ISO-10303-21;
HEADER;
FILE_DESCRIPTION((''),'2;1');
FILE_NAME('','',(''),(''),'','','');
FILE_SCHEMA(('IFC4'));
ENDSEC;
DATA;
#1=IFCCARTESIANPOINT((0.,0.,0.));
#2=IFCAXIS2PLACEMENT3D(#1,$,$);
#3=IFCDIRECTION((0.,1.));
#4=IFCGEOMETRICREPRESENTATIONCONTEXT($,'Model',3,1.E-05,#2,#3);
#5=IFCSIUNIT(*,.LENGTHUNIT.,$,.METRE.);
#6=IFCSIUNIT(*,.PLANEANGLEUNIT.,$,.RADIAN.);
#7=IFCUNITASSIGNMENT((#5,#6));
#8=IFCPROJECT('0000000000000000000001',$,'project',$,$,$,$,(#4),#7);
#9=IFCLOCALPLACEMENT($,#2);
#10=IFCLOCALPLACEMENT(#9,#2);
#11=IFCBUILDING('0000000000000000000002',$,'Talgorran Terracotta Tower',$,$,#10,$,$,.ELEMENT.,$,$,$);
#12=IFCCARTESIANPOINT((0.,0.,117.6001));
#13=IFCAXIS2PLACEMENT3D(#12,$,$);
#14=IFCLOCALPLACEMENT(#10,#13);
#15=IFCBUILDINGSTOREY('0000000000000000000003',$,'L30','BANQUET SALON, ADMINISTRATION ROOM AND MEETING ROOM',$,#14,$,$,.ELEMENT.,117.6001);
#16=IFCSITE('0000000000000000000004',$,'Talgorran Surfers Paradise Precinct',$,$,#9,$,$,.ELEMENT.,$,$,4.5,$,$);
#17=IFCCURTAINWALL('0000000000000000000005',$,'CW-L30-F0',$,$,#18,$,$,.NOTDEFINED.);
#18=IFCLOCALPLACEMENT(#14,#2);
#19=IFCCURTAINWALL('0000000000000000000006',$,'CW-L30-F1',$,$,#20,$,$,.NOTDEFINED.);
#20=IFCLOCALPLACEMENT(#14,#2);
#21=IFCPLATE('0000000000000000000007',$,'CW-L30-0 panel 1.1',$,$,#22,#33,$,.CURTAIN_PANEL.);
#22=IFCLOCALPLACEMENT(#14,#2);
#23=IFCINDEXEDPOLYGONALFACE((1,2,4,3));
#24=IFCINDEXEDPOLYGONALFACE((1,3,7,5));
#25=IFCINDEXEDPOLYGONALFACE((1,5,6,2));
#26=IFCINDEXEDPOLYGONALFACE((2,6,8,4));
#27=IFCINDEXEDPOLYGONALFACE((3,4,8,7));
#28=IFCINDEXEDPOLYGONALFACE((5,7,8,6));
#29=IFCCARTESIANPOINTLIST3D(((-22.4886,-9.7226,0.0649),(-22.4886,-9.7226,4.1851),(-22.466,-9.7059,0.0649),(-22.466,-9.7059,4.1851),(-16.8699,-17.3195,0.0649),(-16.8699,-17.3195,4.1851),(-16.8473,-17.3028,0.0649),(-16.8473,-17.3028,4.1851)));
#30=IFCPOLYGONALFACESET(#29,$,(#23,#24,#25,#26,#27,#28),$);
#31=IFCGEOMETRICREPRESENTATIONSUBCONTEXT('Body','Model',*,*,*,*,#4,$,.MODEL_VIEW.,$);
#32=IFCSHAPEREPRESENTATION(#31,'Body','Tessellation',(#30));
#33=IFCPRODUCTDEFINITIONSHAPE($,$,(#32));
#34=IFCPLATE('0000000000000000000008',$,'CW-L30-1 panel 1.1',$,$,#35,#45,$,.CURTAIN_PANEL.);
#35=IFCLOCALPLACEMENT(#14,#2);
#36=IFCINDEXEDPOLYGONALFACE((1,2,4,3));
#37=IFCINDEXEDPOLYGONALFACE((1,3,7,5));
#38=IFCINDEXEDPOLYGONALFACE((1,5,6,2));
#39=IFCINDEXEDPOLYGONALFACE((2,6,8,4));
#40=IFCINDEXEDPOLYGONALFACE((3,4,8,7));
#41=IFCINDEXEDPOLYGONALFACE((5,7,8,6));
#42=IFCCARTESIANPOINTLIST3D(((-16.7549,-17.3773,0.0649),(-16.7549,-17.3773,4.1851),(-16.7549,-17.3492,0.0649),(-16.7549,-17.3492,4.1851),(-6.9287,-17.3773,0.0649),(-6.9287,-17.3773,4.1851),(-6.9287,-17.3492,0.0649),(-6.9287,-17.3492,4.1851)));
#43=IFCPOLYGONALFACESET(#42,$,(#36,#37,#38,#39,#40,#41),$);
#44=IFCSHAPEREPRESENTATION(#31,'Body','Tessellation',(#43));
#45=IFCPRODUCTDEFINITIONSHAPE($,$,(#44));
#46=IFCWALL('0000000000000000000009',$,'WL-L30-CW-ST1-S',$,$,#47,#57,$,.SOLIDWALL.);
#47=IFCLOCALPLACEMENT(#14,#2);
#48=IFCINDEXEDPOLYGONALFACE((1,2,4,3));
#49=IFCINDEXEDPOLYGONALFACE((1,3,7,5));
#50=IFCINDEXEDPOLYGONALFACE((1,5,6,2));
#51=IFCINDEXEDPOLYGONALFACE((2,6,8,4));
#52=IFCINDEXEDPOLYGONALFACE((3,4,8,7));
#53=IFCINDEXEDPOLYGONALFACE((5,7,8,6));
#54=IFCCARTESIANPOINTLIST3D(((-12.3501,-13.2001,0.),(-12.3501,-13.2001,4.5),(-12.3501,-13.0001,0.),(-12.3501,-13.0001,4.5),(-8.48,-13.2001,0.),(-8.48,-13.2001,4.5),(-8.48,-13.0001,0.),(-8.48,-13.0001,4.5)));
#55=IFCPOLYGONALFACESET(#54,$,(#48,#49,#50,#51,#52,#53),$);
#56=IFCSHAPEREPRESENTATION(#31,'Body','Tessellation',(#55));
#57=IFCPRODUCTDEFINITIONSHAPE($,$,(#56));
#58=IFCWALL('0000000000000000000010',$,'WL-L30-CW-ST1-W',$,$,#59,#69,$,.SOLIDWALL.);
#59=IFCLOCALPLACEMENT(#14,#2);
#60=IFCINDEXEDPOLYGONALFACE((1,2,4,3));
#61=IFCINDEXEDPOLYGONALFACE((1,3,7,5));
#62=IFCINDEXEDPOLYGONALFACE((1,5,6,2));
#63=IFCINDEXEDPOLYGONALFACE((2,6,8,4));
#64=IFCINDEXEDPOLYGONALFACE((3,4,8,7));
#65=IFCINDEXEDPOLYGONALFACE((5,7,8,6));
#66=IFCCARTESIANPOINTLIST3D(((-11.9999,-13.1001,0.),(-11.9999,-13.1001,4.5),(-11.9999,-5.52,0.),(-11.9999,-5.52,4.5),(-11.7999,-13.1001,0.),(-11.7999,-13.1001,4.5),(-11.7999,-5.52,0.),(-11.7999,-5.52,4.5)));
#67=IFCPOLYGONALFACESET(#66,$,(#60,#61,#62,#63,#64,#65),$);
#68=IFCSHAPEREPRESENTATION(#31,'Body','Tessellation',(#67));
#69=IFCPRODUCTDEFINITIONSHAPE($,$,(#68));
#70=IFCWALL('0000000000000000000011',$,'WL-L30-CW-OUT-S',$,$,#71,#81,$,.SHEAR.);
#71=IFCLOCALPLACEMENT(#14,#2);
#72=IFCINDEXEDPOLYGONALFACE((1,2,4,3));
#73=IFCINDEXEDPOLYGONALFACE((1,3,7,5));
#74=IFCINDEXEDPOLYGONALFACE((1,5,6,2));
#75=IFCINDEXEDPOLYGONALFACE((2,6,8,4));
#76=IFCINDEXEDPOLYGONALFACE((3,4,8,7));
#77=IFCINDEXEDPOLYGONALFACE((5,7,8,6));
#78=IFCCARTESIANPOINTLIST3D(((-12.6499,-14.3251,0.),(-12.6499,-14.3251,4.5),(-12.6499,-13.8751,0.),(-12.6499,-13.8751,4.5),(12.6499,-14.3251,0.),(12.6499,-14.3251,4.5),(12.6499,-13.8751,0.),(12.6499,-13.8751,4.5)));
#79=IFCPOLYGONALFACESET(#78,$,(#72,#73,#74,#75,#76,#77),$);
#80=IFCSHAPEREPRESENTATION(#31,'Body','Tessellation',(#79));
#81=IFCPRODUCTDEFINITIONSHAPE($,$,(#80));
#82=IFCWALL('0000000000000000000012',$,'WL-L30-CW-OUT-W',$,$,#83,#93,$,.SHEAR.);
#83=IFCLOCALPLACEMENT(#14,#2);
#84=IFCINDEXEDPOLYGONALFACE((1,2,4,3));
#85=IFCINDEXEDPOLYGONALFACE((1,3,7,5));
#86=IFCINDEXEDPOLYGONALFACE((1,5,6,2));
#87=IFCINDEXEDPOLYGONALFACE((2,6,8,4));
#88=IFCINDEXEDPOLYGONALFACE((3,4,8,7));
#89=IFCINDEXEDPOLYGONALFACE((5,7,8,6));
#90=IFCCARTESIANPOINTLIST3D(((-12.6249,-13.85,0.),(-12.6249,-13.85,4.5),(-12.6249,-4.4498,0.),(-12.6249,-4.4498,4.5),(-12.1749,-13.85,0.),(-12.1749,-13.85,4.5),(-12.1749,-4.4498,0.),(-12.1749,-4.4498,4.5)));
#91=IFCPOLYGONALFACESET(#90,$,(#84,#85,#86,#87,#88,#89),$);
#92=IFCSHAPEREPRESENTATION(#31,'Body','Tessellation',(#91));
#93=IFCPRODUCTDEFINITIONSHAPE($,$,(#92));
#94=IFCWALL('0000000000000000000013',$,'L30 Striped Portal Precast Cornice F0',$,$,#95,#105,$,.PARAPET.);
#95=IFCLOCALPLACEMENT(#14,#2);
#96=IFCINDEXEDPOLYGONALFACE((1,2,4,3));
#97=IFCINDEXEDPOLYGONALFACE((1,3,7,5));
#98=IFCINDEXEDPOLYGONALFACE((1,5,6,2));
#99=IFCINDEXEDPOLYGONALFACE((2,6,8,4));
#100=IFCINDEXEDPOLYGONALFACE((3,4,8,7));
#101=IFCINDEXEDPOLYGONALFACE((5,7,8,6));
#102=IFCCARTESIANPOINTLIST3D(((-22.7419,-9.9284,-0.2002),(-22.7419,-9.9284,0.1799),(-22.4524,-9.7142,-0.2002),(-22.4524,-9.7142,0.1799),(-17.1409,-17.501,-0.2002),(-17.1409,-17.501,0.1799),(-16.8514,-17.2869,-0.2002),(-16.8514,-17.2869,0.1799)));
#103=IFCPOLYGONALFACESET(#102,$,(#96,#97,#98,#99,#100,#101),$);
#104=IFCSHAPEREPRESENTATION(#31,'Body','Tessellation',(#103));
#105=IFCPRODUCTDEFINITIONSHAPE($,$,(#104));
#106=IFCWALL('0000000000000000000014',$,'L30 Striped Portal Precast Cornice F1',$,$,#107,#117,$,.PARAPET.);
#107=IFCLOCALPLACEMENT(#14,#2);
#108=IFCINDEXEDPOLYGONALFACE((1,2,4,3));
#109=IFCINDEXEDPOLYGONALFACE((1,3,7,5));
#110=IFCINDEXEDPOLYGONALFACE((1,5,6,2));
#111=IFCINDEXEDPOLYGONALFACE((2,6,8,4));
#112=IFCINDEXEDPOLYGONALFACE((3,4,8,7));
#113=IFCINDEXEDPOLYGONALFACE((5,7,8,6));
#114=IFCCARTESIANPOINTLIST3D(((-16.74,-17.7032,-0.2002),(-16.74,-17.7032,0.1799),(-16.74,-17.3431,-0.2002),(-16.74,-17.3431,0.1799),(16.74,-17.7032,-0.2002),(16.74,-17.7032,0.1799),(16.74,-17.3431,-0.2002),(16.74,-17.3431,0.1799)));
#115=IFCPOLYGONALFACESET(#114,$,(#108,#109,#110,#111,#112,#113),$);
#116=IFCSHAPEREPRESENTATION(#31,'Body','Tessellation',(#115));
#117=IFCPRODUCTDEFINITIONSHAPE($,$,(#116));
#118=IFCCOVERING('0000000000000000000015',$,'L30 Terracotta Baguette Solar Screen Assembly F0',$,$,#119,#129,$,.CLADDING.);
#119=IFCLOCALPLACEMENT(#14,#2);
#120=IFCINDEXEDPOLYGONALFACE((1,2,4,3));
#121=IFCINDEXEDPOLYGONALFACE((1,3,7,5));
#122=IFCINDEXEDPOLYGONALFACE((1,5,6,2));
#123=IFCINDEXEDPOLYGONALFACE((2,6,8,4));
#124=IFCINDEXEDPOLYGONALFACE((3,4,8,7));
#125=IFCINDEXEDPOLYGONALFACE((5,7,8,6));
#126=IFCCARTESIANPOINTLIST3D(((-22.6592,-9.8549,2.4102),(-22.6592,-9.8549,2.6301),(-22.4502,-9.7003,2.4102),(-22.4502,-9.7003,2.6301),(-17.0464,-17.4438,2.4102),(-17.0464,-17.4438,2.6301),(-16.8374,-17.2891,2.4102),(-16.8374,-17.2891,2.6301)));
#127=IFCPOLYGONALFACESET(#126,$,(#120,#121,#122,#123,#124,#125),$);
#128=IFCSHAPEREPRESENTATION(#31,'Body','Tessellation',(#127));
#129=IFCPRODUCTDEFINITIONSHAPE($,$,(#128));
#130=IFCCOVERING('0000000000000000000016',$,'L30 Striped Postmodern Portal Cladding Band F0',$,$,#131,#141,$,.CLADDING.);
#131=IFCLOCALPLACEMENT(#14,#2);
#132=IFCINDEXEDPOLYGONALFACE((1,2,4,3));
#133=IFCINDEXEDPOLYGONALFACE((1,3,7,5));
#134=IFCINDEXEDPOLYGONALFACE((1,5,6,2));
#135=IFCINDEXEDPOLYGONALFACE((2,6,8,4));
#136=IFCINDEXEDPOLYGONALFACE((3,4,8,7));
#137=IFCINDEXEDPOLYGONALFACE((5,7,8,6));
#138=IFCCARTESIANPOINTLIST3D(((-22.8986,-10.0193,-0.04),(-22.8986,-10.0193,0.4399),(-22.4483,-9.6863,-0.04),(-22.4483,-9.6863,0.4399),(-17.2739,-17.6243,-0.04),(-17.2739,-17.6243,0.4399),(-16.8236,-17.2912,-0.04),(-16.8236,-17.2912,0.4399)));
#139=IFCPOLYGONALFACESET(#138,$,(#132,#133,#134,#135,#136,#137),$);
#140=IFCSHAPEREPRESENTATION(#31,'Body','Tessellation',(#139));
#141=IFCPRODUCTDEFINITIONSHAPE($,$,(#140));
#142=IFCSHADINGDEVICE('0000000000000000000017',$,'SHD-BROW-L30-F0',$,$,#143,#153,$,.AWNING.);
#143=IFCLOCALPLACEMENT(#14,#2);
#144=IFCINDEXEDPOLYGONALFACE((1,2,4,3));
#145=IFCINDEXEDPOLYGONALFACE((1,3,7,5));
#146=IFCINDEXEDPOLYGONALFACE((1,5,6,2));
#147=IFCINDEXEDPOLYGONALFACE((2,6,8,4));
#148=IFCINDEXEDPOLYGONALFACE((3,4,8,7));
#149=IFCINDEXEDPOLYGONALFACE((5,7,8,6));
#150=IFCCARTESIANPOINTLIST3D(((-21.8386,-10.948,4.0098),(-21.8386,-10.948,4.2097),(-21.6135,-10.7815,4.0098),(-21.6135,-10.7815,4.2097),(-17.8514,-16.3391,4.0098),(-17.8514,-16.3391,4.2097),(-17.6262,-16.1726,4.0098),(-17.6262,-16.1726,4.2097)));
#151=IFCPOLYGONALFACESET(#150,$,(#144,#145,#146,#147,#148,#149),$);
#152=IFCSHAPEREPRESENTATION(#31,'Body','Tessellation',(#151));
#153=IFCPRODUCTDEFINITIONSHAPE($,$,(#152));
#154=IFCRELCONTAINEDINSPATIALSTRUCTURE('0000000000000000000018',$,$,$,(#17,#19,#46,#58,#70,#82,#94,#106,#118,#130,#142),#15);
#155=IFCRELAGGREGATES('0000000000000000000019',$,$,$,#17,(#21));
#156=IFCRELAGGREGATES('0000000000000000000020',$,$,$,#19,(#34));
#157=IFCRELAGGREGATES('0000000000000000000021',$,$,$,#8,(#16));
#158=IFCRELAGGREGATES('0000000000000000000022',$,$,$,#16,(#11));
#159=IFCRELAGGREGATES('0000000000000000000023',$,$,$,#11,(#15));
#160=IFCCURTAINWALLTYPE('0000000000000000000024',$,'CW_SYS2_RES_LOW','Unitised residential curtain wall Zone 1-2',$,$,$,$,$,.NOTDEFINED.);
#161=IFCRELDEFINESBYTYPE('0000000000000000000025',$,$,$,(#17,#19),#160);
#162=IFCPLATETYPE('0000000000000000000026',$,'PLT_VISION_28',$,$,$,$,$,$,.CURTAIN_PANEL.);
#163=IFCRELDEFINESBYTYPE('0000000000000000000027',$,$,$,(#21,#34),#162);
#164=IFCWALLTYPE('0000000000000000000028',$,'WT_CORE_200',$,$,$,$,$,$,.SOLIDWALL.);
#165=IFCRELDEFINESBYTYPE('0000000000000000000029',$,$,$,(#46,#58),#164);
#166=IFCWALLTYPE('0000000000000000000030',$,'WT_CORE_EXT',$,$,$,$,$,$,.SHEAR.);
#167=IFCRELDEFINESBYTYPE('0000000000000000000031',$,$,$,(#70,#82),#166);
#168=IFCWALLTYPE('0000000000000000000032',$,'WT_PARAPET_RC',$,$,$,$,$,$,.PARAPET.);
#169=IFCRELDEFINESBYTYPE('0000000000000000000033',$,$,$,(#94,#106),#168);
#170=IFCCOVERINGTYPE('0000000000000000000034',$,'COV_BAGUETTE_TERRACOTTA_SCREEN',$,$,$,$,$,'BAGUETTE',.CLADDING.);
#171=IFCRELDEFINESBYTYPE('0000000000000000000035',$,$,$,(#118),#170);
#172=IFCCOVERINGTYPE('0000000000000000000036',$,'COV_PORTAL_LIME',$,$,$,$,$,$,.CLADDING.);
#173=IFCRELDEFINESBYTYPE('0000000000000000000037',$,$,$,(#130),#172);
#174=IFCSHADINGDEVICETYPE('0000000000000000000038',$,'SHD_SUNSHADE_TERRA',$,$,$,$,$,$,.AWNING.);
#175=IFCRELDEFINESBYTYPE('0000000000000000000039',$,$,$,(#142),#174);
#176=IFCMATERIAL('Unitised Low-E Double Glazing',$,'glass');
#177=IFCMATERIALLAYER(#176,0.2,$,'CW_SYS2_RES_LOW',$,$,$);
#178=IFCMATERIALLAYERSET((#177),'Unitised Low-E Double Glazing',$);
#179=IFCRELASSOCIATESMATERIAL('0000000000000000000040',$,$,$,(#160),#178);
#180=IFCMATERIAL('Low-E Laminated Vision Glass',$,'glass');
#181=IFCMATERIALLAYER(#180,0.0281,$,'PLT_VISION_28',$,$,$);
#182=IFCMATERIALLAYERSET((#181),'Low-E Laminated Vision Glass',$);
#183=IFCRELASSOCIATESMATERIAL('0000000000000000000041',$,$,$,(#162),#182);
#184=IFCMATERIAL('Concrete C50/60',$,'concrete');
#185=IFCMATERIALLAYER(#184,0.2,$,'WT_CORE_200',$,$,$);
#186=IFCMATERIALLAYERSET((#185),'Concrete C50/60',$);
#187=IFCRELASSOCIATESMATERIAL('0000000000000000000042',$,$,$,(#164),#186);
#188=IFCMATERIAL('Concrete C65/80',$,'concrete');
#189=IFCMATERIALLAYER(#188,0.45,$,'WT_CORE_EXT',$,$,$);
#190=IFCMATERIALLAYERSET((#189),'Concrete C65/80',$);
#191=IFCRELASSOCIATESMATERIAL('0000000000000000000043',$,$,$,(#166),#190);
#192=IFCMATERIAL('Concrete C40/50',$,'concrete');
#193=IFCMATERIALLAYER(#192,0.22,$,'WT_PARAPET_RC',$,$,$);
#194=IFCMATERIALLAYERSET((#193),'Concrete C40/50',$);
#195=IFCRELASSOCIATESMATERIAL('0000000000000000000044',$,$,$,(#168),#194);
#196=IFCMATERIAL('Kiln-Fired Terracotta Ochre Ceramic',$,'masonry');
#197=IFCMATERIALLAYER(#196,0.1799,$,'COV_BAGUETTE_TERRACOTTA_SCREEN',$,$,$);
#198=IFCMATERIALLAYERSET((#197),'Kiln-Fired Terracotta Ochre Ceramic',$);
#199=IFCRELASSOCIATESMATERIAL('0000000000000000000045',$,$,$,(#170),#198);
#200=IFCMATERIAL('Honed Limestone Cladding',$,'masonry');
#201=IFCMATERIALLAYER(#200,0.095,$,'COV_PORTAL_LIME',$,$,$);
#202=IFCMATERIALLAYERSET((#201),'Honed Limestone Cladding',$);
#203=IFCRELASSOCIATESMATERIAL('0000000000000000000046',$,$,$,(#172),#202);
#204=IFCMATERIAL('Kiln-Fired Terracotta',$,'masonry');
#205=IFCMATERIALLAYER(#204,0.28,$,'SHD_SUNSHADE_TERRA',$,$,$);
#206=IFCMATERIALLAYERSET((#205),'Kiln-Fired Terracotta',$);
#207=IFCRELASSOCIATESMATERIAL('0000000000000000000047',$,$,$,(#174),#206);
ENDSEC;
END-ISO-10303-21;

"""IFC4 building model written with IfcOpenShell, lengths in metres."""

from ifc_helpers import new_model, si_unit, direction, frame, frame_2d, origin, origin_2d, place, context, subcontext, project, spatial, rectangle, extrude, source, transform, mapped, material, layer, layer_set, type_object, type_shapes, element, aggregate, save


model = new_model("IFC4")

# Units and contexts
model_context = context("Model", 3, precision=1e-05, world=origin(), true_north=direction((0.0, 1.0)))
body_context = subcontext(model_context, "Body", "Model", "MODEL_VIEW")
ifc_project = project(units=[si_unit("LENGTHUNIT", "METRE"), si_unit("PLANEANGLEUNIT", "RADIAN")], contexts=[model_context])

# Site, building, storey
site_placement = place(None, origin())
site = spatial("IfcSite", under=ifc_project, at=site_placement, Name="Talgorran Surfers Paradise Precinct", CompositionType="ELEMENT", RefElevation=4.5)
building_placement = place(site_placement, origin())
building = spatial("IfcBuilding", under=site, at=building_placement, Name="Talgorran Terracotta Tower", CompositionType="ELEMENT")
storey_placement = place(building_placement, frame((0.0, 0.0, 117.6001)))
storey = spatial("IfcBuildingStorey", under=building, at=storey_placement, Name="L30", Description="BANQUET SALON, ADMINISTRATION ROOM AND MEETING ROOM", CompositionType="ELEMENT", Elevation=117.6001)

# Curtain walls
ifc_material_1 = material(Name="Unitised Low-E Double Glazing", Category="glass")
ifc_layer_1 = layer(ifc_material_1, 0.2, Name="CW_SYS2_RES_LOW")
ifc_layer_set_1 = layer_set([ifc_layer_1], Name="Unitised Low-E Double Glazing")
curtain_wall_type = type_object("IfcCurtainWallType", Name="CW_SYS2_RES_LOW", Description="Unitised residential curtain wall Zone 1-2", PredefinedType="NOTDEFINED", material=ifc_layer_set_1)
curtain_wall_1_placement = place(storey_placement, origin())
curtain_wall_1 = element("IfcCurtainWall", 1, at=curtain_wall_1_placement, inside=storey, type_object=curtain_wall_type, Name="CW-L30-F0", PredefinedType="NOTDEFINED")
curtain_wall_2_placement = place(storey_placement, origin())
curtain_wall_2 = element("IfcCurtainWall", 2, at=curtain_wall_2_placement, inside=storey, type_object=curtain_wall_type, Name="CW-L30-F1", PredefinedType="NOTDEFINED")

# Plates
ifc_material_2 = material(Name="Low-E Laminated Vision Glass", Category="glass")
ifc_layer_2 = layer(ifc_material_2, 0.0281, Name="PLT_VISION_28")
ifc_layer_set_2 = layer_set([ifc_layer_2], Name="Low-E Laminated Vision Glass")
plate_type = type_object("IfcPlateType", Name="PLT_VISION_28", PredefinedType="CURTAIN_PANEL", material=ifc_layer_set_2)
shared_shape_1 = source(origin(), body_context, "Body", "SweptSolid", [
    extrude(rectangle(XDim=9.449, YDim=0.0281, at=origin_2d()), origin(), (0.0, 0.0, 1.0), 4.1201),
])
plate_1_placement = place(storey_placement, frame((-19.668, -13.5127, 0.0649), z_axis=(0.0, 0.0, 1.0), x_axis=(0.594638, -0.803993, 0.0)))
plate_1 = element("IfcPlate", 3, at=plate_1_placement, type_object=plate_type, Name="CW-L30-0 panel 1.1", PredefinedType="CURTAIN_PANEL", context=body_context, shape_type="MappedRepresentation", body=[
    mapped(shared_shape_1, transform((0.0, 0.0, 0.0), scale=1.0)),
])
aggregate(curtain_wall_1, [plate_1])
shared_shape_2 = source(origin(), body_context, "Body", "SweptSolid", [
    extrude(rectangle(XDim=9.8262, YDim=0.0281, at=origin_2d()), origin(), (0.0, 0.0, 1.0), 4.1201),
])
type_shapes(plate_type, [shared_shape_1, shared_shape_2])
plate_2_placement = place(storey_placement, frame((-11.8418, -17.3633, 0.0649), z_axis=(0.0, 0.0, 1.0), x_axis=(1.0, 0.0, 0.0)))
plate_2 = element("IfcPlate", 4, at=plate_2_placement, type_object=plate_type, Name="CW-L30-1 panel 1.1", PredefinedType="CURTAIN_PANEL", context=body_context, shape_type="MappedRepresentation", body=[
    mapped(shared_shape_2, transform((0.0, 0.0, 0.0), scale=1.0)),
])
aggregate(curtain_wall_2, [plate_2])

# Walls
ifc_material_3 = material(Name="Concrete C50/60", Category="concrete")
ifc_layer_3 = layer(ifc_material_3, 0.2, Name="WT_CORE_200")
ifc_layer_set_3 = layer_set([ifc_layer_3], Name="Concrete C50/60")
wall_type_1 = type_object("IfcWallType", Name="WT_CORE_200", PredefinedType="SOLIDWALL", material=ifc_layer_set_3)
wall_1_placement = place(storey_placement, frame((-12.3501, -13.1001, 0.0), z_axis=(0.0, 0.0, 1.0), x_axis=(1.0, 0.0, 0.0)))
element("IfcWall", 5, at=wall_1_placement, inside=storey, type_object=wall_type_1, Name="WL-L30-CW-ST1-S", PredefinedType="SOLIDWALL", context=body_context, shape_type="SweptSolid", body=[
    extrude(rectangle(XDim=3.8701, YDim=0.2, at=frame_2d((1.9351, 0.0))), origin(), (0.0, 0.0, 1.0), 4.5),
])
wall_2_placement = place(storey_placement, frame((-11.8999, -13.1001, 0.0), z_axis=(0.0, 0.0, 1.0), x_axis=(0.0, 1.0, 0.0)))
element("IfcWall", 6, at=wall_2_placement, inside=storey, type_object=wall_type_1, Name="WL-L30-CW-ST1-W", PredefinedType="SOLIDWALL", context=body_context, shape_type="SweptSolid", body=[
    extrude(rectangle(XDim=7.5801, YDim=0.2, at=frame_2d((3.79, 0.0))), origin(), (0.0, 0.0, 1.0), 4.5),
])
ifc_material_4 = material(Name="Concrete C65/80", Category="concrete")
ifc_layer_4 = layer(ifc_material_4, 0.45, Name="WT_CORE_EXT")
ifc_layer_set_4 = layer_set([ifc_layer_4], Name="Concrete C65/80")
wall_type_2 = type_object("IfcWallType", Name="WT_CORE_EXT", PredefinedType="SHEAR", material=ifc_layer_set_4)
wall_3_placement = place(storey_placement, frame((-12.6499, -14.1001, 0.0), z_axis=(0.0, 0.0, 1.0), x_axis=(1.0, 0.0, 0.0)))
element("IfcWall", 7, at=wall_3_placement, inside=storey, type_object=wall_type_2, Name="WL-L30-CW-OUT-S", PredefinedType="SHEAR", context=body_context, shape_type="SweptSolid", body=[
    extrude(rectangle(XDim=25.2998, YDim=0.45, at=frame_2d((12.6499, 0.0))), origin(), (0.0, 0.0, 1.0), 4.5),
])
wall_4_placement = place(storey_placement, frame((-12.3999, -13.8501, 0.0), z_axis=(0.0, 0.0, 1.0), x_axis=(0.0, 1.0, 0.0)))
element("IfcWall", 8, at=wall_4_placement, inside=storey, type_object=wall_type_2, Name="WL-L30-CW-OUT-W", PredefinedType="SHEAR", context=body_context, shape_type="SweptSolid", body=[
    extrude(rectangle(XDim=9.4001, YDim=0.45, at=frame_2d((4.7002, 0.0))), origin(), (0.0, 0.0, 1.0), 4.5),
])
ifc_material_5 = material(Name="Concrete C40/50", Category="concrete")
ifc_layer_5 = layer(ifc_material_5, 0.22, Name="WT_PARAPET_RC")
ifc_layer_set_5 = layer_set([ifc_layer_5], Name="Concrete C40/50")
wall_type_3 = type_object("IfcWallType", Name="WT_PARAPET_RC", PredefinedType="PARAPET", material=ifc_layer_set_5)
wall_5_placement = place(storey_placement, frame((-22.5972, -9.8213, -0.2002), z_axis=(0.0, 0.0, 1.0), x_axis=(0.594653, -0.803982, 0.0)))
element("IfcWall", 9, at=wall_5_placement, inside=storey, type_object=wall_type_3, Name="L30 Striped Portal Precast Cornice F0", PredefinedType="PARAPET", context=body_context, shape_type="SweptSolid", body=[
    extrude(rectangle(XDim=9.4189, YDim=0.3601, at=frame_2d((4.7095, 0.0))), origin(), (0.0, 0.0, 1.0), 0.3801),
])
wall_6_placement = place(storey_placement, frame((-16.74, -17.5232, -0.2002), z_axis=(0.0, 0.0, 1.0), x_axis=(1.0, 0.0, 0.0)))
element("IfcWall", 10, at=wall_6_placement, inside=storey, type_object=wall_type_3, Name="L30 Striped Portal Precast Cornice F1", PredefinedType="PARAPET", context=body_context, shape_type="SweptSolid", body=[
    extrude(rectangle(XDim=33.48, YDim=0.3601, at=frame_2d((16.74, 0.0))), origin(), (0.0, 0.0, 1.0), 0.3801),
])

# Coverings
ifc_material_6 = material(Name="Kiln-Fired Terracotta Ochre Ceramic", Category="masonry")
ifc_layer_6 = layer(ifc_material_6, 0.1799, Name="COV_BAGUETTE_TERRACOTTA_SCREEN")
ifc_layer_set_6 = layer_set([ifc_layer_6], Name="Kiln-Fired Terracotta Ochre Ceramic")
covering_type_1 = type_object("IfcCoveringType", Name="COV_BAGUETTE_TERRACOTTA_SCREEN", ElementType="BAGUETTE", PredefinedType="CLADDING", material=ifc_layer_set_6)
covering_1_placement = place(storey_placement, frame((-19.7483, -13.572, 2.4102), z_axis=(0.0, 0.0, 1.0), x_axis=(0.59464, -0.803992, 0.0)))
element("IfcCovering", 11, at=covering_1_placement, inside=storey, type_object=covering_type_1, Name="L30 Terracotta Baguette Solar Screen Assembly F0", PredefinedType="CLADDING", context=body_context, shape_type="SweptSolid", body=[
    extrude(rectangle(XDim=9.439, YDim=0.26, at=origin_2d()), origin(), (0.0, 0.0, 1.0), 0.22),
])
ifc_material_7 = material(Name="Honed Limestone Cladding", Category="masonry")
ifc_layer_7 = layer(ifc_material_7, 0.095, Name="COV_PORTAL_LIME")
ifc_layer_set_7 = layer_set([ifc_layer_7], Name="Honed Limestone Cladding")
covering_type_2 = type_object("IfcCoveringType", Name="COV_PORTAL_LIME", PredefinedType="CLADDING", material=ifc_layer_set_7)
covering_2_placement = place(storey_placement, frame((-19.8611, -13.6553, -0.04), z_axis=(0.0, 0.0, 1.0), x_axis=(0.59464, -0.803992, 0.0)))
element("IfcCovering", 12, at=covering_2_placement, inside=storey, type_object=covering_type_2, Name="L30 Striped Postmodern Portal Cladding Band F0", PredefinedType="CLADDING", context=body_context, shape_type="SweptSolid", body=[
    extrude(rectangle(XDim=9.459, YDim=0.5601, at=origin_2d()), origin(), (0.0, 0.0, 1.0), 0.48),
])

# Shading device
ifc_material_8 = material(Name="Kiln-Fired Terracotta", Category="masonry")
ifc_layer_8 = layer(ifc_material_8, 0.28, Name="SHD_SUNSHADE_TERRA")
ifc_layer_set_8 = layer_set([ifc_layer_8], Name="Kiln-Fired Terracotta")
shading_device_type = type_object("IfcShadingDeviceType", Name="SHD_SUNSHADE_TERRA", PredefinedType="AWNING", material=ifc_layer_set_8)
shared_shape_3 = source(origin(), body_context, "Body", "SweptSolid", [
    extrude(rectangle(XDim=6.7053, YDim=0.28, at=origin_2d()), origin(), (0.0, 0.0, 1.0), 0.2),
])
type_shapes(shading_device_type, [shared_shape_3])
shading_device_placement = place(storey_placement, frame((-19.7324, -13.5603, 4.0098), z_axis=(0.0, 0.0, 1.0), x_axis=(0.59464, -0.803992, 0.0)))
element("IfcShadingDevice", 13, at=shading_device_placement, inside=storey, type_object=shading_device_type, Name="SHD-BROW-L30-F0", PredefinedType="AWNING", context=body_context, shape_type="MappedRepresentation", body=[
    mapped(shared_shape_3, transform((0.0, 0.0, 0.0), scale=1.0)),
])

save(model, "model.ifc")
